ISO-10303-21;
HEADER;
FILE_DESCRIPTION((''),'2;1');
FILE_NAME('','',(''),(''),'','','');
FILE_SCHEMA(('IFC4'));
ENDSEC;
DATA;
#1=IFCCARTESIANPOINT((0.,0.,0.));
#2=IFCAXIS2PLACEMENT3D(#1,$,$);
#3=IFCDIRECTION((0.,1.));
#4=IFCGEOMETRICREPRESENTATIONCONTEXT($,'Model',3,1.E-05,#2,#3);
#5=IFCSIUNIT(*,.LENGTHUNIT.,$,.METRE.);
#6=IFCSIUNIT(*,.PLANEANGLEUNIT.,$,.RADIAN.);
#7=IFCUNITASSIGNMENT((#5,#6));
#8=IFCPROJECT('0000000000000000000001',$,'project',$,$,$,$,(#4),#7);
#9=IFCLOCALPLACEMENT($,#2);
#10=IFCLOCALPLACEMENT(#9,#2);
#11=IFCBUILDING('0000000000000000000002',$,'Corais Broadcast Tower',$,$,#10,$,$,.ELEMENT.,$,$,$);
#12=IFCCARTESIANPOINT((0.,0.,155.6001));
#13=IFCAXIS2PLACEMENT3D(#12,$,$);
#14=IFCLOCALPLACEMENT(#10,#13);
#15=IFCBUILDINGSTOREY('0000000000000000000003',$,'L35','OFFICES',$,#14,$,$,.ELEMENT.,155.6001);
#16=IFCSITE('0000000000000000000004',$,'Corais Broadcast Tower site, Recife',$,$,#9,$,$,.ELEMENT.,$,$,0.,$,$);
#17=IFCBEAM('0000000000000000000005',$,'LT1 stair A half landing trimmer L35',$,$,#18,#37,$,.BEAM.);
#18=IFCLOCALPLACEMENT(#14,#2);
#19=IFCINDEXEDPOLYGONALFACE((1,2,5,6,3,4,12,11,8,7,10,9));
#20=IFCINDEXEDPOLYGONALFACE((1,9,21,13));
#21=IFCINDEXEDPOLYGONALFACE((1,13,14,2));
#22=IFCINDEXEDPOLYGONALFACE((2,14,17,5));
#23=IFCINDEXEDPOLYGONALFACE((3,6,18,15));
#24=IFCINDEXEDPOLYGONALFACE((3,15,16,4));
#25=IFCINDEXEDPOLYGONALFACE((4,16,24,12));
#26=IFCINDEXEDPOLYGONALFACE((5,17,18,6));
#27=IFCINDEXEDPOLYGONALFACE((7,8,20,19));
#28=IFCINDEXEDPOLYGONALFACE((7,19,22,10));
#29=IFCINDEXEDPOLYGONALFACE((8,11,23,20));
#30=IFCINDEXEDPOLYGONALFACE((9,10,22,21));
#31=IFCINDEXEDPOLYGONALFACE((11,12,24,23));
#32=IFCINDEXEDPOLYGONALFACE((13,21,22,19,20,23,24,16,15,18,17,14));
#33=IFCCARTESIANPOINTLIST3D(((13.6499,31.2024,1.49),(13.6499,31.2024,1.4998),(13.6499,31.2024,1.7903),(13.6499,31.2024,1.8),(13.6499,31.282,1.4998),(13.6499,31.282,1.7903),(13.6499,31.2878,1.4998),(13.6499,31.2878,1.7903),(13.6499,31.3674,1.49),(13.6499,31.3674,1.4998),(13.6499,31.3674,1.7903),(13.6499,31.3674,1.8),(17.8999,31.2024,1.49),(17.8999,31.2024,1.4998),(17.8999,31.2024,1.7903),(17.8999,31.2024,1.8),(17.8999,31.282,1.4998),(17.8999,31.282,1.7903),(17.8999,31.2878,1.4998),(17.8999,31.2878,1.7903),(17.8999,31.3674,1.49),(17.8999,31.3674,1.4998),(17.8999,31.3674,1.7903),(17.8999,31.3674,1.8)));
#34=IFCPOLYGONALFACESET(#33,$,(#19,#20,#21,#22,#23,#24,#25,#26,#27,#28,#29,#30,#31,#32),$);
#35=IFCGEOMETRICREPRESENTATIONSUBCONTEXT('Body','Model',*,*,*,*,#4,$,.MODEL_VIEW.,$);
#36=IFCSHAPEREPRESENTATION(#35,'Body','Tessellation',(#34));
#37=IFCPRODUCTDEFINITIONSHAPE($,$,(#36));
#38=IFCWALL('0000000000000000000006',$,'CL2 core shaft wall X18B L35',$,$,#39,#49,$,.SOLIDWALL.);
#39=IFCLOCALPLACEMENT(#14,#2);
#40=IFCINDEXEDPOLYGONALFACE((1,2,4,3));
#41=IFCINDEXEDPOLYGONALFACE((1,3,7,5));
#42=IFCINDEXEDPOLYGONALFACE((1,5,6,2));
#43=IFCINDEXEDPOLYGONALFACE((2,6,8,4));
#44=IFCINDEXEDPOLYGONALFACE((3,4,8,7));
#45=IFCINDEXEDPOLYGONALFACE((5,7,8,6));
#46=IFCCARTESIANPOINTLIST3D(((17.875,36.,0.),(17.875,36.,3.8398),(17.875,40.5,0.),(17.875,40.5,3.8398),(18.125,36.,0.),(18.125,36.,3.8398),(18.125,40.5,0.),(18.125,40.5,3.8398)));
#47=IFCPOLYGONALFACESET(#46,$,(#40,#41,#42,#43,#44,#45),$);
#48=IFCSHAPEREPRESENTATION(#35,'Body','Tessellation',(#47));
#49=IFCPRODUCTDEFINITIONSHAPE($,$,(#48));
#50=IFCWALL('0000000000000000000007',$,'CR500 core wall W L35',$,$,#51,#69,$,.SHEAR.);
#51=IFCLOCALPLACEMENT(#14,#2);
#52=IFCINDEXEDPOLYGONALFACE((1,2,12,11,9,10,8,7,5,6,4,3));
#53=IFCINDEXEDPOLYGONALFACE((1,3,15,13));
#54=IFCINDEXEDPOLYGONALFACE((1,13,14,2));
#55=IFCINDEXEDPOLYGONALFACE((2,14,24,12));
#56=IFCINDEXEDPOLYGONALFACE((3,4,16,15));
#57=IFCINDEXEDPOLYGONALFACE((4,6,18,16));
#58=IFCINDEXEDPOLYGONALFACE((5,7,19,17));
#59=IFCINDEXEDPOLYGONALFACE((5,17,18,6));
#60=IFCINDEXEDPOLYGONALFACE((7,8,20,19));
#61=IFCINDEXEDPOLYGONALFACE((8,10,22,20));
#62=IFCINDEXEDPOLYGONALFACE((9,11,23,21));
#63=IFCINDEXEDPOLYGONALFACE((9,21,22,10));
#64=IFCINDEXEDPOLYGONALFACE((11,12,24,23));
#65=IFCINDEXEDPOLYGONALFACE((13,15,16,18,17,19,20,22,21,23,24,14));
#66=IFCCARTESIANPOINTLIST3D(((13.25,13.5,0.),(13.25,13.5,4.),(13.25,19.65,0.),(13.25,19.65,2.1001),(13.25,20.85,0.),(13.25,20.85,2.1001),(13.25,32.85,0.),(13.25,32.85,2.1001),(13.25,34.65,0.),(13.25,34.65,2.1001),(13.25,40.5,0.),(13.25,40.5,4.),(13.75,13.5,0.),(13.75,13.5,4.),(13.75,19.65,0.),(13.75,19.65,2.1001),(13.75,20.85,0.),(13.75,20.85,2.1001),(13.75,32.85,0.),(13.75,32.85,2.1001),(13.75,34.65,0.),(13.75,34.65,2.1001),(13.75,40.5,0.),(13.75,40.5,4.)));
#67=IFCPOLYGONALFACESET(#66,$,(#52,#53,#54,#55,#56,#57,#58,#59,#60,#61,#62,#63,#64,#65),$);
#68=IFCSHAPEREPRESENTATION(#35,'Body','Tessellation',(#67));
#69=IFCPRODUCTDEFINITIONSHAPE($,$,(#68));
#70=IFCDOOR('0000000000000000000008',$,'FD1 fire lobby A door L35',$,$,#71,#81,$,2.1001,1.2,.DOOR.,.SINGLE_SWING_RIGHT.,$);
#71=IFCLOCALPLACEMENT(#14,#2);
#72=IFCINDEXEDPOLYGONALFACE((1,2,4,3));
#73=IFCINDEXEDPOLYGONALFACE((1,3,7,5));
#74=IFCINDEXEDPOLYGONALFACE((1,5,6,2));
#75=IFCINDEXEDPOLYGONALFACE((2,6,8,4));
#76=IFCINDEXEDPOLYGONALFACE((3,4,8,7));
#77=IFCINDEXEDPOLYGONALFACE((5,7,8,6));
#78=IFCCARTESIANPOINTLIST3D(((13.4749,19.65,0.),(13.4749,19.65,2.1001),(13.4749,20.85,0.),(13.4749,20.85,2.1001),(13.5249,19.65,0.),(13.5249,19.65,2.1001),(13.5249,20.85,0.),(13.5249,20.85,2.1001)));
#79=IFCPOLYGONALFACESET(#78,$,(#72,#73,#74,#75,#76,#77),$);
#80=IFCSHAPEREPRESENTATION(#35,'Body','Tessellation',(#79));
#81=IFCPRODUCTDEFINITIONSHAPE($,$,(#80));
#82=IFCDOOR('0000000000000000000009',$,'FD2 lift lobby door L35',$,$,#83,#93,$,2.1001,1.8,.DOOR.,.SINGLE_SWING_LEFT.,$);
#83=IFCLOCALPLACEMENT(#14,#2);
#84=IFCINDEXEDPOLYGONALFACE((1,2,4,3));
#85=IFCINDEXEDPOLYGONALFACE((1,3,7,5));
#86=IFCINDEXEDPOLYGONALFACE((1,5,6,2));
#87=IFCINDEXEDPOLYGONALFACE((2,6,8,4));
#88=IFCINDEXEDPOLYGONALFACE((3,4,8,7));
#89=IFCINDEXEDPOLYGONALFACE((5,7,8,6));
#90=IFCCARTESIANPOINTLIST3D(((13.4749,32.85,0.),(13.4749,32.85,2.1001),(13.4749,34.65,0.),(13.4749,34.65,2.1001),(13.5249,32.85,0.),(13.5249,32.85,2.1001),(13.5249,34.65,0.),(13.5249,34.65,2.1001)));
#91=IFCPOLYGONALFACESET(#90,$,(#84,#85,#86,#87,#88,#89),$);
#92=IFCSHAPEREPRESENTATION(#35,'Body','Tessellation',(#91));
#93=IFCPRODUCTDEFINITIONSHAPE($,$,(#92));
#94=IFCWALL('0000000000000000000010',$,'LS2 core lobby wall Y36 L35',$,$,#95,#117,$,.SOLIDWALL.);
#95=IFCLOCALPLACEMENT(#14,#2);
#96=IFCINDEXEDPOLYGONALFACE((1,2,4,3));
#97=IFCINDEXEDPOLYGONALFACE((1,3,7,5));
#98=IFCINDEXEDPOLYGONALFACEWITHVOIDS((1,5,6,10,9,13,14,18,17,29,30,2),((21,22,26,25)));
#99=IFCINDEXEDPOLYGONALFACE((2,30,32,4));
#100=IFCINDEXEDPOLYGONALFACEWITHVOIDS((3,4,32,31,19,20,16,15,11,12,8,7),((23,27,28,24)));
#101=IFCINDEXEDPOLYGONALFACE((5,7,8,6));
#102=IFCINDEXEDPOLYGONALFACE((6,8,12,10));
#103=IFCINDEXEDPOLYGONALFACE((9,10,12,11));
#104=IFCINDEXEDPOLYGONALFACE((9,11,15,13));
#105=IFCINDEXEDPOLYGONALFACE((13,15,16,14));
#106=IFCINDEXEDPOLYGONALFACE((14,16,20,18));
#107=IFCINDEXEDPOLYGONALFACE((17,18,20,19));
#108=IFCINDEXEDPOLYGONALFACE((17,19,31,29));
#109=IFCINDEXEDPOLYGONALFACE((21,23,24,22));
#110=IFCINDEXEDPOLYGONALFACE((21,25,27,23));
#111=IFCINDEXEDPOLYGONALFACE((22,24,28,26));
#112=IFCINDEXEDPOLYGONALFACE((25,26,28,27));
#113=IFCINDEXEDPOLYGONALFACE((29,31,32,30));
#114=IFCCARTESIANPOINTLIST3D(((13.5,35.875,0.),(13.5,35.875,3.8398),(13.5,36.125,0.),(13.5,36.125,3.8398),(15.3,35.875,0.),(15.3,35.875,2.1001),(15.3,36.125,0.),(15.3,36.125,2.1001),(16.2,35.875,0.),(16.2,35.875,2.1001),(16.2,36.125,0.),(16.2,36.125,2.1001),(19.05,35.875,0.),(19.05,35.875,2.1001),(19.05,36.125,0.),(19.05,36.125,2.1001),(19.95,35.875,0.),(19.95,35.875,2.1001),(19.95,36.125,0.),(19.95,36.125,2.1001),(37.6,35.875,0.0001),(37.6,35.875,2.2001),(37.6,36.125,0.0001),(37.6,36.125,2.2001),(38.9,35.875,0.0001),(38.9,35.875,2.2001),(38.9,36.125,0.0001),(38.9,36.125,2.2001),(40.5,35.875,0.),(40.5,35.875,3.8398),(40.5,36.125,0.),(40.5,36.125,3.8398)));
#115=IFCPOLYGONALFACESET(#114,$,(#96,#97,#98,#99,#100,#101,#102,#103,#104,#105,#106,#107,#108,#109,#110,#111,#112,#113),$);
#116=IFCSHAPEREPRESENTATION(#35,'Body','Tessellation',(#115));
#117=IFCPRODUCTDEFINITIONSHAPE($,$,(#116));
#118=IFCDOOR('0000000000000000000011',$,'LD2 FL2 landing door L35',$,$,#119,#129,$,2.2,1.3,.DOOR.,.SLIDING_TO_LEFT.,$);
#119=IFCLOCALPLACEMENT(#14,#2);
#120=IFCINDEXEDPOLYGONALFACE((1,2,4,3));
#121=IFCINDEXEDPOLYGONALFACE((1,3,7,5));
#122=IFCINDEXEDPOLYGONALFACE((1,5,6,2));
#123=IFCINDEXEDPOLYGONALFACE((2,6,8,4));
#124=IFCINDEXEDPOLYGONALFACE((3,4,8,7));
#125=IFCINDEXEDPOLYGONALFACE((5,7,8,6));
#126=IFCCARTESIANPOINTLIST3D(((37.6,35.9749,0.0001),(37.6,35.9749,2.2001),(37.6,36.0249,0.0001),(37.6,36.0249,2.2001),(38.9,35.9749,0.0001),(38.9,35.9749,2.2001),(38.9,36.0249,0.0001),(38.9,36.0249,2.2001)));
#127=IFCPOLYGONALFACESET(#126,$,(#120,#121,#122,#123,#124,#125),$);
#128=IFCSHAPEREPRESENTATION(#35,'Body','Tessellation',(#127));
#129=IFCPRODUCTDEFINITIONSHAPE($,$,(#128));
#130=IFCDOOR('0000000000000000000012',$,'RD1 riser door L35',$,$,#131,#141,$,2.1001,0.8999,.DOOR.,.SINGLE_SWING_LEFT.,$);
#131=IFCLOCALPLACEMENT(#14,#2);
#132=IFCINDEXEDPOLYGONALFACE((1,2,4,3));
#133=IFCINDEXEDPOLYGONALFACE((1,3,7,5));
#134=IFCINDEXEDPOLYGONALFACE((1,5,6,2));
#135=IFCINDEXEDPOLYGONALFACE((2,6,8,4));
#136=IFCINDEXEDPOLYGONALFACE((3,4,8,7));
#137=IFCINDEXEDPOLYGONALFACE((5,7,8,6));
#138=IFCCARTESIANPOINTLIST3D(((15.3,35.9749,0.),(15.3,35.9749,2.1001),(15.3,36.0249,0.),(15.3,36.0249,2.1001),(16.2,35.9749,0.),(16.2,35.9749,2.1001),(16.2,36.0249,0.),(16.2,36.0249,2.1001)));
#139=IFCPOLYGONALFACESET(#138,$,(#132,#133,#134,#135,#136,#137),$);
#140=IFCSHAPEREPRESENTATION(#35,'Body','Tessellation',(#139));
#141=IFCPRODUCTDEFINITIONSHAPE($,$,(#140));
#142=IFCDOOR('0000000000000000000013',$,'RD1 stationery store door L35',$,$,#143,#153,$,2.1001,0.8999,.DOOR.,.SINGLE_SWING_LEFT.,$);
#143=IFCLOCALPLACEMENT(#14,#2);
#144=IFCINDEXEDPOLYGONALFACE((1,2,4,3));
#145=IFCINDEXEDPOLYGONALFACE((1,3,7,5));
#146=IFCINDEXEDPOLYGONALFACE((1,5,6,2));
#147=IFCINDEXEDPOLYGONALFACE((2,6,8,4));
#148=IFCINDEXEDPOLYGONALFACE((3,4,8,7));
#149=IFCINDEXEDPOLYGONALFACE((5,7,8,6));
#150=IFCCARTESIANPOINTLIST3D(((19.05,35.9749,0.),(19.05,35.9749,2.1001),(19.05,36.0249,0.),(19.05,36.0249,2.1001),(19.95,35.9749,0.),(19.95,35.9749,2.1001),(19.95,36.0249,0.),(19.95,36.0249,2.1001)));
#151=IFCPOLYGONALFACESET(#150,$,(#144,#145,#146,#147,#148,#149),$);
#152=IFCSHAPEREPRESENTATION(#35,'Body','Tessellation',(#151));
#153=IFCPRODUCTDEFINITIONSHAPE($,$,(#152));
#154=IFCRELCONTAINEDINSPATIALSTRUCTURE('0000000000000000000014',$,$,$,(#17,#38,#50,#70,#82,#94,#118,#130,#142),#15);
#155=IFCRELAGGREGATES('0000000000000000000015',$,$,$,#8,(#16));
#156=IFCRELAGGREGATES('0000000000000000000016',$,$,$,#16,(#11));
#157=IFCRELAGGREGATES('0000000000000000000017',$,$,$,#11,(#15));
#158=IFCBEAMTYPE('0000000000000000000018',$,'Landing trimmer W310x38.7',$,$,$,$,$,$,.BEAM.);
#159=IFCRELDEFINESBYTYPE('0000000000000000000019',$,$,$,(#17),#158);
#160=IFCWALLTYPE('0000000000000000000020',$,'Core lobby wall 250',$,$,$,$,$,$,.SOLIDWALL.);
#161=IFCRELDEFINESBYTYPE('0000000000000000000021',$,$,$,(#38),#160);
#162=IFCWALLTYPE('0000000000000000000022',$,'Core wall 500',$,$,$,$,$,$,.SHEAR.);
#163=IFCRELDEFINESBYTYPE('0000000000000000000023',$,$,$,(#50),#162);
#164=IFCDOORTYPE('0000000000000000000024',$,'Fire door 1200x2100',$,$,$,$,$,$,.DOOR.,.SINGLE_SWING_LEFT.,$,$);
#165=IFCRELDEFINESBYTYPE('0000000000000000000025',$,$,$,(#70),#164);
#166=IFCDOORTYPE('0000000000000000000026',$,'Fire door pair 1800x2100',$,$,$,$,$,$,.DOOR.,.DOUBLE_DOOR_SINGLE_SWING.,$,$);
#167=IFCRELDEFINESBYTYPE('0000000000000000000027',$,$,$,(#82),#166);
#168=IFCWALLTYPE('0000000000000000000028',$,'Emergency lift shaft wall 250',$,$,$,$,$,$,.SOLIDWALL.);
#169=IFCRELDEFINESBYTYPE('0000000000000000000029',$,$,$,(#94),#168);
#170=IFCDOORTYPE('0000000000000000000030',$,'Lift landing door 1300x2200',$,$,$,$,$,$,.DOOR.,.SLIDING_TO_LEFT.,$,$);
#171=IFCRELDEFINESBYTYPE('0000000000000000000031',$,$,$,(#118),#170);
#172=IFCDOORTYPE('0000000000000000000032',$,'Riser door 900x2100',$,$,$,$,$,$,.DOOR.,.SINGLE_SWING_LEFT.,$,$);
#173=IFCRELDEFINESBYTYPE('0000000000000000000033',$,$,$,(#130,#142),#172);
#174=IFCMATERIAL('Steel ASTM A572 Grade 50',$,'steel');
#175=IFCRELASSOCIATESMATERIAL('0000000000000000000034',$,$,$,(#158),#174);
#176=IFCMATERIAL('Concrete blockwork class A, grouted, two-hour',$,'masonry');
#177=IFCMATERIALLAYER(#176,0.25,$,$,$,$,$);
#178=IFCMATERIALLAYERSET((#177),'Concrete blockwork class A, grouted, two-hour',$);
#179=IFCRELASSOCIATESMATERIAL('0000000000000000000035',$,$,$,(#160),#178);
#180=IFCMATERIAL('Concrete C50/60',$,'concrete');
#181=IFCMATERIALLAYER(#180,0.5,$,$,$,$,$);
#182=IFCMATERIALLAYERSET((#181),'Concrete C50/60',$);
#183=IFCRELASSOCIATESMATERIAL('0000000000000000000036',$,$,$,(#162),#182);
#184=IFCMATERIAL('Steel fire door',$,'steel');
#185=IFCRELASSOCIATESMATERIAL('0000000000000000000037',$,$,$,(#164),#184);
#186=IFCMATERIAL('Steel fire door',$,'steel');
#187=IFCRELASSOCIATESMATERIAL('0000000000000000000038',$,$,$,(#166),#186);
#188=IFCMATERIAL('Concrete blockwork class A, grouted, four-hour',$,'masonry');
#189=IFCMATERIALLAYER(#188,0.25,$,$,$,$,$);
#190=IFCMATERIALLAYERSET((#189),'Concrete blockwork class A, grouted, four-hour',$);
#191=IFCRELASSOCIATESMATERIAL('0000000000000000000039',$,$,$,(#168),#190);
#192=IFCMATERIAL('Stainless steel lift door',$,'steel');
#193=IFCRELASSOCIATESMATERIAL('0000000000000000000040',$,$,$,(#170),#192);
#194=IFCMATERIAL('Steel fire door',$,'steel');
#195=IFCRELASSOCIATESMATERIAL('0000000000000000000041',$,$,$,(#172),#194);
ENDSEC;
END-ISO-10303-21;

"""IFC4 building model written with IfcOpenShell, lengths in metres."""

from ifc_helpers import new_model, si_unit, direction, frame, frame_2d, origin, origin_2d, place, context, subcontext, project, spatial, rectangle, i_section, extrude, material, layer, layer_set, material_profile, profile_set, type_object, element, fill, save


model = new_model("IFC4")

# Units and contexts
model_context = context("Model", 3, precision=1e-05, world=origin(), true_north=direction((0.0, 1.0)))
body_context = subcontext(model_context, "Body", "Model", "MODEL_VIEW")
ifc_project = project(units=[si_unit("LENGTHUNIT", "METRE"), si_unit("PLANEANGLEUNIT", "RADIAN")], contexts=[model_context])

# Site, building, storey
site_placement = place(None, origin())
site = spatial("IfcSite", under=ifc_project, at=site_placement, Name="Corais Broadcast Tower site, Recife", CompositionType="ELEMENT", RefElevation=0.0)
building_placement = place(site_placement, origin())
building = spatial("IfcBuilding", under=site, at=building_placement, Name="Corais Broadcast Tower", CompositionType="ELEMENT")
storey_placement = place(building_placement, frame((0.0, 0.0, 155.6001)))
storey = spatial("IfcBuildingStorey", under=building, at=storey_placement, Name="L35", Description="OFFICES", CompositionType="ELEMENT", Elevation=155.6001)

# Beam
ifc_material_1 = material(Name="Steel ASTM A572 Grade 50", Category="steel")
ifc_material_profile = material_profile(ifc_material_1, i_section(OverallWidth=0.165, OverallDepth=0.3101, WebThickness=0.0059, FlangeThickness=0.0098, at=origin_2d()), Name="W310x38.7")
ifc_profile_set = profile_set([ifc_material_profile], Name="Steel ASTM A572 Grade 50")
beam_type = type_object("IfcBeamType", Name="Landing trimmer W310x38.7", PredefinedType="BEAM", material=ifc_profile_set)
beam_placement = place(storey_placement, frame((13.6499, 31.2849, 1.645), z_axis=(1.0, 0.0, 0.0), x_axis=(0.0, 1.0, 0.0)))
element("IfcBeam", 1, at=beam_placement, inside=storey, type_object=beam_type, Name="LT1 stair A half landing trimmer L35", PredefinedType="BEAM", context=body_context, shape_type="SweptSolid", body=[
    extrude(i_section(OverallWidth=0.165, OverallDepth=0.3101, WebThickness=0.0059, FlangeThickness=0.0098, at=origin_2d()), origin(), (0.0, 0.0, 1.0), 4.25),
])

# Wall
ifc_material_2 = material(Name="Concrete blockwork class A, grouted, two-hour", Category="masonry")
ifc_layer_1 = layer(ifc_material_2, 0.25)
ifc_layer_set_1 = layer_set([ifc_layer_1], Name="Concrete blockwork class A, grouted, two-hour")
wall_type_1 = type_object("IfcWallType", Name="Core lobby wall 250", PredefinedType="SOLIDWALL", material=ifc_layer_set_1)
wall_1_placement = place(storey_placement, frame((18.0, 36.0, 0.0), z_axis=(0.0, 0.0, 1.0), x_axis=(0.0, 1.0, 0.0)))
element("IfcWall", 2, at=wall_1_placement, inside=storey, type_object=wall_type_1, Name="CL2 core shaft wall X18B L35", PredefinedType="SOLIDWALL", context=body_context, shape_type="SweptSolid", body=[
    extrude(rectangle(XDim=4.5, YDim=0.25, at=frame_2d((2.25, 0.0))), origin(), (0.0, 0.0, 1.0), 3.8398),
])

# Walls, openings, doors
ifc_material_3 = material(Name="Concrete C50/60", Category="concrete")
ifc_layer_2 = layer(ifc_material_3, 0.5)
ifc_layer_set_2 = layer_set([ifc_layer_2], Name="Concrete C50/60")
wall_type_2 = type_object("IfcWallType", Name="Core wall 500", PredefinedType="SHEAR", material=ifc_layer_set_2)
wall_2_placement = place(storey_placement, frame((13.5, 40.5, 0.0), z_axis=(0.0, 0.0, 1.0), x_axis=(0.0, -1.0, 0.0)))
wall_2 = element("IfcWall", 3, at=wall_2_placement, inside=storey, type_object=wall_type_2, Name="CR500 core wall W L35", PredefinedType="SHEAR", context=body_context, shape_type="SweptSolid", body=[
    extrude(rectangle(XDim=27.0, YDim=0.5, at=frame_2d((13.5, 0.0))), origin(), (0.0, 0.0, 1.0), 4.0),
])
opening_1_placement = place(wall_2_placement, frame((19.6499, 0.0, 0.0)))
opening_1 = element("IfcOpeningElement", 4, at=opening_1_placement, cuts=wall_2, PredefinedType="OPENING", context=body_context, shape_type="SweptSolid", body=[
    extrude(rectangle(XDim=1.2, YDim=2.1001, at=frame_2d((0.6001, 1.05))), frame((0.0, 0.26, 0.0), z_axis=(0.0, -1.0, 0.0), x_axis=(1.0, 0.0, 0.0)), (0.0, 0.0, 1.0), 0.52),
])
opening_2_placement = place(wall_2_placement, frame((5.8501, 0.0, 0.0)))
opening_2 = element("IfcOpeningElement", 5, at=opening_2_placement, cuts=wall_2, PredefinedType="OPENING", context=body_context, shape_type="SweptSolid", body=[
    extrude(rectangle(XDim=1.8, YDim=2.1001, at=frame_2d((0.8999, 1.05))), frame((0.0, 0.26, 0.0), z_axis=(0.0, -1.0, 0.0), x_axis=(1.0, 0.0, 0.0)), (0.0, 0.0, 1.0), 0.52),
])
ifc_material_4 = material(Name="Steel fire door", Category="steel")
door_type_1 = type_object("IfcDoorType", Name="Fire door 1200x2100", OperationType="SINGLE_SWING_LEFT", PredefinedType="DOOR", material=ifc_material_4)
door_1_placement = place(opening_1_placement, origin())
door_1 = element("IfcDoor", 6, at=door_1_placement, inside=storey, type_object=door_type_1, Name="FD1 fire lobby A door L35", OperationType="SINGLE_SWING_RIGHT", OverallHeight=2.1001, OverallWidth=1.2, PredefinedType="DOOR", context=body_context, shape_type="SweptSolid", body=[
    extrude(rectangle(XDim=1.2, YDim=2.1001, at=frame_2d((0.6001, 1.05))), frame((0.0, 0.0249, 0.0), z_axis=(0.0, -1.0, 0.0), x_axis=(1.0, 0.0, 0.0)), (0.0, 0.0, 1.0), 0.05),
])
fill(opening_1, door_1)
ifc_material_5 = material(Name="Steel fire door", Category="steel")
door_type_2 = type_object("IfcDoorType", Name="Fire door pair 1800x2100", OperationType="DOUBLE_DOOR_SINGLE_SWING", PredefinedType="DOOR", material=ifc_material_5)
door_2_placement = place(opening_2_placement, origin())
door_2 = element("IfcDoor", 7, at=door_2_placement, inside=storey, type_object=door_type_2, Name="FD2 lift lobby door L35", OperationType="SINGLE_SWING_LEFT", OverallHeight=2.1001, OverallWidth=1.8, PredefinedType="DOOR", context=body_context, shape_type="SweptSolid", body=[
    extrude(rectangle(XDim=1.8, YDim=2.1001, at=frame_2d((0.8999, 1.05))), frame((0.0, 0.0249, 0.0), z_axis=(0.0, -1.0, 0.0), x_axis=(1.0, 0.0, 0.0)), (0.0, 0.0, 1.0), 0.05),
])
fill(opening_2, door_2)
ifc_material_6 = material(Name="Concrete blockwork class A, grouted, four-hour", Category="masonry")
ifc_layer_3 = layer(ifc_material_6, 0.25)
ifc_layer_set_3 = layer_set([ifc_layer_3], Name="Concrete blockwork class A, grouted, four-hour")
wall_type_3 = type_object("IfcWallType", Name="Emergency lift shaft wall 250", PredefinedType="SOLIDWALL", material=ifc_layer_set_3)
wall_3_placement = place(storey_placement, frame((13.5, 36.0, 0.0), z_axis=(0.0, 0.0, 1.0), x_axis=(1.0, 0.0, 0.0)))
wall_3 = element("IfcWall", 8, at=wall_3_placement, inside=storey, type_object=wall_type_3, Name="LS2 core lobby wall Y36 L35", PredefinedType="SOLIDWALL", context=body_context, shape_type="SweptSolid", body=[
    extrude(rectangle(XDim=27.0, YDim=0.25, at=frame_2d((13.5, 0.0))), origin(), (0.0, 0.0, 1.0), 3.8398),
])
opening_3_placement = place(wall_3_placement, frame((1.8, 0.0, 0.0)))
opening_3 = element("IfcOpeningElement", 9, at=opening_3_placement, cuts=wall_3, PredefinedType="OPENING", context=body_context, shape_type="SweptSolid", body=[
    extrude(rectangle(XDim=0.8999, YDim=2.1001, at=frame_2d((0.45, 1.05))), frame((0.0, 0.135, 0.0), z_axis=(0.0, -1.0, 0.0), x_axis=(1.0, 0.0, 0.0)), (0.0, 0.0, 1.0), 0.27),
])
opening_4_placement = place(wall_3_placement, frame((5.55, 0.0, 0.0)))
opening_4 = element("IfcOpeningElement", 10, at=opening_4_placement, cuts=wall_3, PredefinedType="OPENING", context=body_context, shape_type="SweptSolid", body=[
    extrude(rectangle(XDim=0.8999, YDim=2.1001, at=frame_2d((0.45, 1.05))), frame((0.0, 0.135, 0.0), z_axis=(0.0, -1.0, 0.0), x_axis=(1.0, 0.0, 0.0)), (0.0, 0.0, 1.0), 0.27),
])
opening_5_placement = place(wall_3_placement, frame((24.1001, 0.0, 0.0)))
opening_5 = element("IfcOpeningElement", 11, at=opening_5_placement, cuts=wall_3, PredefinedType="OPENING", context=body_context, shape_type="SweptSolid", body=[
    extrude(rectangle(XDim=1.3, YDim=2.2, at=frame_2d((0.6499, 1.1001))), frame((0.0, 0.135, 0.0), z_axis=(0.0, -1.0, 0.0), x_axis=(1.0, 0.0, 0.0)), (0.0, 0.0, 1.0), 0.27),
])
ifc_material_7 = material(Name="Stainless steel lift door", Category="steel")
door_type_3 = type_object("IfcDoorType", Name="Lift landing door 1300x2200", OperationType="SLIDING_TO_LEFT", PredefinedType="DOOR", material=ifc_material_7)
door_3_placement = place(opening_5_placement, origin())
door_3 = element("IfcDoor", 12, at=door_3_placement, inside=storey, type_object=door_type_3, Name="LD2 FL2 landing door L35", OperationType="SLIDING_TO_LEFT", OverallHeight=2.2, OverallWidth=1.3, PredefinedType="DOOR", context=body_context, shape_type="SweptSolid", body=[
    extrude(rectangle(XDim=1.3, YDim=2.2, at=frame_2d((0.6499, 1.1001))), frame((0.0, 0.0249, 0.0), z_axis=(0.0, -1.0, 0.0), x_axis=(1.0, 0.0, 0.0)), (0.0, 0.0, 1.0), 0.05),
])
fill(opening_5, door_3)
ifc_material_8 = material(Name="Steel fire door", Category="steel")
door_type_4 = type_object("IfcDoorType", Name="Riser door 900x2100", OperationType="SINGLE_SWING_LEFT", PredefinedType="DOOR", material=ifc_material_8)
door_4_placement = place(opening_3_placement, origin())
door_4 = element("IfcDoor", 13, at=door_4_placement, inside=storey, type_object=door_type_4, Name="RD1 riser door L35", OperationType="SINGLE_SWING_LEFT", OverallHeight=2.1001, OverallWidth=0.8999, PredefinedType="DOOR", context=body_context, shape_type="SweptSolid", body=[
    extrude(rectangle(XDim=0.8999, YDim=2.1001, at=frame_2d((0.45, 1.05))), frame((0.0, 0.0249, 0.0), z_axis=(0.0, -1.0, 0.0), x_axis=(1.0, 0.0, 0.0)), (0.0, 0.0, 1.0), 0.05),
])
fill(opening_3, door_4)
door_5_placement = place(opening_4_placement, origin())
door_5 = element("IfcDoor", 14, at=door_5_placement, inside=storey, type_object=door_type_4, Name="RD1 stationery store door L35", OperationType="SINGLE_SWING_LEFT", OverallHeight=2.1001, OverallWidth=0.8999, PredefinedType="DOOR", context=body_context, shape_type="SweptSolid", body=[
    extrude(rectangle(XDim=0.8999, YDim=2.1001, at=frame_2d((0.45, 1.05))), frame((0.0, 0.0249, 0.0), z_axis=(0.0, -1.0, 0.0), x_axis=(1.0, 0.0, 0.0)), (0.0, 0.0, 1.0), 0.05),
])
fill(opening_4, door_5)

save(model, "model.ifc")
